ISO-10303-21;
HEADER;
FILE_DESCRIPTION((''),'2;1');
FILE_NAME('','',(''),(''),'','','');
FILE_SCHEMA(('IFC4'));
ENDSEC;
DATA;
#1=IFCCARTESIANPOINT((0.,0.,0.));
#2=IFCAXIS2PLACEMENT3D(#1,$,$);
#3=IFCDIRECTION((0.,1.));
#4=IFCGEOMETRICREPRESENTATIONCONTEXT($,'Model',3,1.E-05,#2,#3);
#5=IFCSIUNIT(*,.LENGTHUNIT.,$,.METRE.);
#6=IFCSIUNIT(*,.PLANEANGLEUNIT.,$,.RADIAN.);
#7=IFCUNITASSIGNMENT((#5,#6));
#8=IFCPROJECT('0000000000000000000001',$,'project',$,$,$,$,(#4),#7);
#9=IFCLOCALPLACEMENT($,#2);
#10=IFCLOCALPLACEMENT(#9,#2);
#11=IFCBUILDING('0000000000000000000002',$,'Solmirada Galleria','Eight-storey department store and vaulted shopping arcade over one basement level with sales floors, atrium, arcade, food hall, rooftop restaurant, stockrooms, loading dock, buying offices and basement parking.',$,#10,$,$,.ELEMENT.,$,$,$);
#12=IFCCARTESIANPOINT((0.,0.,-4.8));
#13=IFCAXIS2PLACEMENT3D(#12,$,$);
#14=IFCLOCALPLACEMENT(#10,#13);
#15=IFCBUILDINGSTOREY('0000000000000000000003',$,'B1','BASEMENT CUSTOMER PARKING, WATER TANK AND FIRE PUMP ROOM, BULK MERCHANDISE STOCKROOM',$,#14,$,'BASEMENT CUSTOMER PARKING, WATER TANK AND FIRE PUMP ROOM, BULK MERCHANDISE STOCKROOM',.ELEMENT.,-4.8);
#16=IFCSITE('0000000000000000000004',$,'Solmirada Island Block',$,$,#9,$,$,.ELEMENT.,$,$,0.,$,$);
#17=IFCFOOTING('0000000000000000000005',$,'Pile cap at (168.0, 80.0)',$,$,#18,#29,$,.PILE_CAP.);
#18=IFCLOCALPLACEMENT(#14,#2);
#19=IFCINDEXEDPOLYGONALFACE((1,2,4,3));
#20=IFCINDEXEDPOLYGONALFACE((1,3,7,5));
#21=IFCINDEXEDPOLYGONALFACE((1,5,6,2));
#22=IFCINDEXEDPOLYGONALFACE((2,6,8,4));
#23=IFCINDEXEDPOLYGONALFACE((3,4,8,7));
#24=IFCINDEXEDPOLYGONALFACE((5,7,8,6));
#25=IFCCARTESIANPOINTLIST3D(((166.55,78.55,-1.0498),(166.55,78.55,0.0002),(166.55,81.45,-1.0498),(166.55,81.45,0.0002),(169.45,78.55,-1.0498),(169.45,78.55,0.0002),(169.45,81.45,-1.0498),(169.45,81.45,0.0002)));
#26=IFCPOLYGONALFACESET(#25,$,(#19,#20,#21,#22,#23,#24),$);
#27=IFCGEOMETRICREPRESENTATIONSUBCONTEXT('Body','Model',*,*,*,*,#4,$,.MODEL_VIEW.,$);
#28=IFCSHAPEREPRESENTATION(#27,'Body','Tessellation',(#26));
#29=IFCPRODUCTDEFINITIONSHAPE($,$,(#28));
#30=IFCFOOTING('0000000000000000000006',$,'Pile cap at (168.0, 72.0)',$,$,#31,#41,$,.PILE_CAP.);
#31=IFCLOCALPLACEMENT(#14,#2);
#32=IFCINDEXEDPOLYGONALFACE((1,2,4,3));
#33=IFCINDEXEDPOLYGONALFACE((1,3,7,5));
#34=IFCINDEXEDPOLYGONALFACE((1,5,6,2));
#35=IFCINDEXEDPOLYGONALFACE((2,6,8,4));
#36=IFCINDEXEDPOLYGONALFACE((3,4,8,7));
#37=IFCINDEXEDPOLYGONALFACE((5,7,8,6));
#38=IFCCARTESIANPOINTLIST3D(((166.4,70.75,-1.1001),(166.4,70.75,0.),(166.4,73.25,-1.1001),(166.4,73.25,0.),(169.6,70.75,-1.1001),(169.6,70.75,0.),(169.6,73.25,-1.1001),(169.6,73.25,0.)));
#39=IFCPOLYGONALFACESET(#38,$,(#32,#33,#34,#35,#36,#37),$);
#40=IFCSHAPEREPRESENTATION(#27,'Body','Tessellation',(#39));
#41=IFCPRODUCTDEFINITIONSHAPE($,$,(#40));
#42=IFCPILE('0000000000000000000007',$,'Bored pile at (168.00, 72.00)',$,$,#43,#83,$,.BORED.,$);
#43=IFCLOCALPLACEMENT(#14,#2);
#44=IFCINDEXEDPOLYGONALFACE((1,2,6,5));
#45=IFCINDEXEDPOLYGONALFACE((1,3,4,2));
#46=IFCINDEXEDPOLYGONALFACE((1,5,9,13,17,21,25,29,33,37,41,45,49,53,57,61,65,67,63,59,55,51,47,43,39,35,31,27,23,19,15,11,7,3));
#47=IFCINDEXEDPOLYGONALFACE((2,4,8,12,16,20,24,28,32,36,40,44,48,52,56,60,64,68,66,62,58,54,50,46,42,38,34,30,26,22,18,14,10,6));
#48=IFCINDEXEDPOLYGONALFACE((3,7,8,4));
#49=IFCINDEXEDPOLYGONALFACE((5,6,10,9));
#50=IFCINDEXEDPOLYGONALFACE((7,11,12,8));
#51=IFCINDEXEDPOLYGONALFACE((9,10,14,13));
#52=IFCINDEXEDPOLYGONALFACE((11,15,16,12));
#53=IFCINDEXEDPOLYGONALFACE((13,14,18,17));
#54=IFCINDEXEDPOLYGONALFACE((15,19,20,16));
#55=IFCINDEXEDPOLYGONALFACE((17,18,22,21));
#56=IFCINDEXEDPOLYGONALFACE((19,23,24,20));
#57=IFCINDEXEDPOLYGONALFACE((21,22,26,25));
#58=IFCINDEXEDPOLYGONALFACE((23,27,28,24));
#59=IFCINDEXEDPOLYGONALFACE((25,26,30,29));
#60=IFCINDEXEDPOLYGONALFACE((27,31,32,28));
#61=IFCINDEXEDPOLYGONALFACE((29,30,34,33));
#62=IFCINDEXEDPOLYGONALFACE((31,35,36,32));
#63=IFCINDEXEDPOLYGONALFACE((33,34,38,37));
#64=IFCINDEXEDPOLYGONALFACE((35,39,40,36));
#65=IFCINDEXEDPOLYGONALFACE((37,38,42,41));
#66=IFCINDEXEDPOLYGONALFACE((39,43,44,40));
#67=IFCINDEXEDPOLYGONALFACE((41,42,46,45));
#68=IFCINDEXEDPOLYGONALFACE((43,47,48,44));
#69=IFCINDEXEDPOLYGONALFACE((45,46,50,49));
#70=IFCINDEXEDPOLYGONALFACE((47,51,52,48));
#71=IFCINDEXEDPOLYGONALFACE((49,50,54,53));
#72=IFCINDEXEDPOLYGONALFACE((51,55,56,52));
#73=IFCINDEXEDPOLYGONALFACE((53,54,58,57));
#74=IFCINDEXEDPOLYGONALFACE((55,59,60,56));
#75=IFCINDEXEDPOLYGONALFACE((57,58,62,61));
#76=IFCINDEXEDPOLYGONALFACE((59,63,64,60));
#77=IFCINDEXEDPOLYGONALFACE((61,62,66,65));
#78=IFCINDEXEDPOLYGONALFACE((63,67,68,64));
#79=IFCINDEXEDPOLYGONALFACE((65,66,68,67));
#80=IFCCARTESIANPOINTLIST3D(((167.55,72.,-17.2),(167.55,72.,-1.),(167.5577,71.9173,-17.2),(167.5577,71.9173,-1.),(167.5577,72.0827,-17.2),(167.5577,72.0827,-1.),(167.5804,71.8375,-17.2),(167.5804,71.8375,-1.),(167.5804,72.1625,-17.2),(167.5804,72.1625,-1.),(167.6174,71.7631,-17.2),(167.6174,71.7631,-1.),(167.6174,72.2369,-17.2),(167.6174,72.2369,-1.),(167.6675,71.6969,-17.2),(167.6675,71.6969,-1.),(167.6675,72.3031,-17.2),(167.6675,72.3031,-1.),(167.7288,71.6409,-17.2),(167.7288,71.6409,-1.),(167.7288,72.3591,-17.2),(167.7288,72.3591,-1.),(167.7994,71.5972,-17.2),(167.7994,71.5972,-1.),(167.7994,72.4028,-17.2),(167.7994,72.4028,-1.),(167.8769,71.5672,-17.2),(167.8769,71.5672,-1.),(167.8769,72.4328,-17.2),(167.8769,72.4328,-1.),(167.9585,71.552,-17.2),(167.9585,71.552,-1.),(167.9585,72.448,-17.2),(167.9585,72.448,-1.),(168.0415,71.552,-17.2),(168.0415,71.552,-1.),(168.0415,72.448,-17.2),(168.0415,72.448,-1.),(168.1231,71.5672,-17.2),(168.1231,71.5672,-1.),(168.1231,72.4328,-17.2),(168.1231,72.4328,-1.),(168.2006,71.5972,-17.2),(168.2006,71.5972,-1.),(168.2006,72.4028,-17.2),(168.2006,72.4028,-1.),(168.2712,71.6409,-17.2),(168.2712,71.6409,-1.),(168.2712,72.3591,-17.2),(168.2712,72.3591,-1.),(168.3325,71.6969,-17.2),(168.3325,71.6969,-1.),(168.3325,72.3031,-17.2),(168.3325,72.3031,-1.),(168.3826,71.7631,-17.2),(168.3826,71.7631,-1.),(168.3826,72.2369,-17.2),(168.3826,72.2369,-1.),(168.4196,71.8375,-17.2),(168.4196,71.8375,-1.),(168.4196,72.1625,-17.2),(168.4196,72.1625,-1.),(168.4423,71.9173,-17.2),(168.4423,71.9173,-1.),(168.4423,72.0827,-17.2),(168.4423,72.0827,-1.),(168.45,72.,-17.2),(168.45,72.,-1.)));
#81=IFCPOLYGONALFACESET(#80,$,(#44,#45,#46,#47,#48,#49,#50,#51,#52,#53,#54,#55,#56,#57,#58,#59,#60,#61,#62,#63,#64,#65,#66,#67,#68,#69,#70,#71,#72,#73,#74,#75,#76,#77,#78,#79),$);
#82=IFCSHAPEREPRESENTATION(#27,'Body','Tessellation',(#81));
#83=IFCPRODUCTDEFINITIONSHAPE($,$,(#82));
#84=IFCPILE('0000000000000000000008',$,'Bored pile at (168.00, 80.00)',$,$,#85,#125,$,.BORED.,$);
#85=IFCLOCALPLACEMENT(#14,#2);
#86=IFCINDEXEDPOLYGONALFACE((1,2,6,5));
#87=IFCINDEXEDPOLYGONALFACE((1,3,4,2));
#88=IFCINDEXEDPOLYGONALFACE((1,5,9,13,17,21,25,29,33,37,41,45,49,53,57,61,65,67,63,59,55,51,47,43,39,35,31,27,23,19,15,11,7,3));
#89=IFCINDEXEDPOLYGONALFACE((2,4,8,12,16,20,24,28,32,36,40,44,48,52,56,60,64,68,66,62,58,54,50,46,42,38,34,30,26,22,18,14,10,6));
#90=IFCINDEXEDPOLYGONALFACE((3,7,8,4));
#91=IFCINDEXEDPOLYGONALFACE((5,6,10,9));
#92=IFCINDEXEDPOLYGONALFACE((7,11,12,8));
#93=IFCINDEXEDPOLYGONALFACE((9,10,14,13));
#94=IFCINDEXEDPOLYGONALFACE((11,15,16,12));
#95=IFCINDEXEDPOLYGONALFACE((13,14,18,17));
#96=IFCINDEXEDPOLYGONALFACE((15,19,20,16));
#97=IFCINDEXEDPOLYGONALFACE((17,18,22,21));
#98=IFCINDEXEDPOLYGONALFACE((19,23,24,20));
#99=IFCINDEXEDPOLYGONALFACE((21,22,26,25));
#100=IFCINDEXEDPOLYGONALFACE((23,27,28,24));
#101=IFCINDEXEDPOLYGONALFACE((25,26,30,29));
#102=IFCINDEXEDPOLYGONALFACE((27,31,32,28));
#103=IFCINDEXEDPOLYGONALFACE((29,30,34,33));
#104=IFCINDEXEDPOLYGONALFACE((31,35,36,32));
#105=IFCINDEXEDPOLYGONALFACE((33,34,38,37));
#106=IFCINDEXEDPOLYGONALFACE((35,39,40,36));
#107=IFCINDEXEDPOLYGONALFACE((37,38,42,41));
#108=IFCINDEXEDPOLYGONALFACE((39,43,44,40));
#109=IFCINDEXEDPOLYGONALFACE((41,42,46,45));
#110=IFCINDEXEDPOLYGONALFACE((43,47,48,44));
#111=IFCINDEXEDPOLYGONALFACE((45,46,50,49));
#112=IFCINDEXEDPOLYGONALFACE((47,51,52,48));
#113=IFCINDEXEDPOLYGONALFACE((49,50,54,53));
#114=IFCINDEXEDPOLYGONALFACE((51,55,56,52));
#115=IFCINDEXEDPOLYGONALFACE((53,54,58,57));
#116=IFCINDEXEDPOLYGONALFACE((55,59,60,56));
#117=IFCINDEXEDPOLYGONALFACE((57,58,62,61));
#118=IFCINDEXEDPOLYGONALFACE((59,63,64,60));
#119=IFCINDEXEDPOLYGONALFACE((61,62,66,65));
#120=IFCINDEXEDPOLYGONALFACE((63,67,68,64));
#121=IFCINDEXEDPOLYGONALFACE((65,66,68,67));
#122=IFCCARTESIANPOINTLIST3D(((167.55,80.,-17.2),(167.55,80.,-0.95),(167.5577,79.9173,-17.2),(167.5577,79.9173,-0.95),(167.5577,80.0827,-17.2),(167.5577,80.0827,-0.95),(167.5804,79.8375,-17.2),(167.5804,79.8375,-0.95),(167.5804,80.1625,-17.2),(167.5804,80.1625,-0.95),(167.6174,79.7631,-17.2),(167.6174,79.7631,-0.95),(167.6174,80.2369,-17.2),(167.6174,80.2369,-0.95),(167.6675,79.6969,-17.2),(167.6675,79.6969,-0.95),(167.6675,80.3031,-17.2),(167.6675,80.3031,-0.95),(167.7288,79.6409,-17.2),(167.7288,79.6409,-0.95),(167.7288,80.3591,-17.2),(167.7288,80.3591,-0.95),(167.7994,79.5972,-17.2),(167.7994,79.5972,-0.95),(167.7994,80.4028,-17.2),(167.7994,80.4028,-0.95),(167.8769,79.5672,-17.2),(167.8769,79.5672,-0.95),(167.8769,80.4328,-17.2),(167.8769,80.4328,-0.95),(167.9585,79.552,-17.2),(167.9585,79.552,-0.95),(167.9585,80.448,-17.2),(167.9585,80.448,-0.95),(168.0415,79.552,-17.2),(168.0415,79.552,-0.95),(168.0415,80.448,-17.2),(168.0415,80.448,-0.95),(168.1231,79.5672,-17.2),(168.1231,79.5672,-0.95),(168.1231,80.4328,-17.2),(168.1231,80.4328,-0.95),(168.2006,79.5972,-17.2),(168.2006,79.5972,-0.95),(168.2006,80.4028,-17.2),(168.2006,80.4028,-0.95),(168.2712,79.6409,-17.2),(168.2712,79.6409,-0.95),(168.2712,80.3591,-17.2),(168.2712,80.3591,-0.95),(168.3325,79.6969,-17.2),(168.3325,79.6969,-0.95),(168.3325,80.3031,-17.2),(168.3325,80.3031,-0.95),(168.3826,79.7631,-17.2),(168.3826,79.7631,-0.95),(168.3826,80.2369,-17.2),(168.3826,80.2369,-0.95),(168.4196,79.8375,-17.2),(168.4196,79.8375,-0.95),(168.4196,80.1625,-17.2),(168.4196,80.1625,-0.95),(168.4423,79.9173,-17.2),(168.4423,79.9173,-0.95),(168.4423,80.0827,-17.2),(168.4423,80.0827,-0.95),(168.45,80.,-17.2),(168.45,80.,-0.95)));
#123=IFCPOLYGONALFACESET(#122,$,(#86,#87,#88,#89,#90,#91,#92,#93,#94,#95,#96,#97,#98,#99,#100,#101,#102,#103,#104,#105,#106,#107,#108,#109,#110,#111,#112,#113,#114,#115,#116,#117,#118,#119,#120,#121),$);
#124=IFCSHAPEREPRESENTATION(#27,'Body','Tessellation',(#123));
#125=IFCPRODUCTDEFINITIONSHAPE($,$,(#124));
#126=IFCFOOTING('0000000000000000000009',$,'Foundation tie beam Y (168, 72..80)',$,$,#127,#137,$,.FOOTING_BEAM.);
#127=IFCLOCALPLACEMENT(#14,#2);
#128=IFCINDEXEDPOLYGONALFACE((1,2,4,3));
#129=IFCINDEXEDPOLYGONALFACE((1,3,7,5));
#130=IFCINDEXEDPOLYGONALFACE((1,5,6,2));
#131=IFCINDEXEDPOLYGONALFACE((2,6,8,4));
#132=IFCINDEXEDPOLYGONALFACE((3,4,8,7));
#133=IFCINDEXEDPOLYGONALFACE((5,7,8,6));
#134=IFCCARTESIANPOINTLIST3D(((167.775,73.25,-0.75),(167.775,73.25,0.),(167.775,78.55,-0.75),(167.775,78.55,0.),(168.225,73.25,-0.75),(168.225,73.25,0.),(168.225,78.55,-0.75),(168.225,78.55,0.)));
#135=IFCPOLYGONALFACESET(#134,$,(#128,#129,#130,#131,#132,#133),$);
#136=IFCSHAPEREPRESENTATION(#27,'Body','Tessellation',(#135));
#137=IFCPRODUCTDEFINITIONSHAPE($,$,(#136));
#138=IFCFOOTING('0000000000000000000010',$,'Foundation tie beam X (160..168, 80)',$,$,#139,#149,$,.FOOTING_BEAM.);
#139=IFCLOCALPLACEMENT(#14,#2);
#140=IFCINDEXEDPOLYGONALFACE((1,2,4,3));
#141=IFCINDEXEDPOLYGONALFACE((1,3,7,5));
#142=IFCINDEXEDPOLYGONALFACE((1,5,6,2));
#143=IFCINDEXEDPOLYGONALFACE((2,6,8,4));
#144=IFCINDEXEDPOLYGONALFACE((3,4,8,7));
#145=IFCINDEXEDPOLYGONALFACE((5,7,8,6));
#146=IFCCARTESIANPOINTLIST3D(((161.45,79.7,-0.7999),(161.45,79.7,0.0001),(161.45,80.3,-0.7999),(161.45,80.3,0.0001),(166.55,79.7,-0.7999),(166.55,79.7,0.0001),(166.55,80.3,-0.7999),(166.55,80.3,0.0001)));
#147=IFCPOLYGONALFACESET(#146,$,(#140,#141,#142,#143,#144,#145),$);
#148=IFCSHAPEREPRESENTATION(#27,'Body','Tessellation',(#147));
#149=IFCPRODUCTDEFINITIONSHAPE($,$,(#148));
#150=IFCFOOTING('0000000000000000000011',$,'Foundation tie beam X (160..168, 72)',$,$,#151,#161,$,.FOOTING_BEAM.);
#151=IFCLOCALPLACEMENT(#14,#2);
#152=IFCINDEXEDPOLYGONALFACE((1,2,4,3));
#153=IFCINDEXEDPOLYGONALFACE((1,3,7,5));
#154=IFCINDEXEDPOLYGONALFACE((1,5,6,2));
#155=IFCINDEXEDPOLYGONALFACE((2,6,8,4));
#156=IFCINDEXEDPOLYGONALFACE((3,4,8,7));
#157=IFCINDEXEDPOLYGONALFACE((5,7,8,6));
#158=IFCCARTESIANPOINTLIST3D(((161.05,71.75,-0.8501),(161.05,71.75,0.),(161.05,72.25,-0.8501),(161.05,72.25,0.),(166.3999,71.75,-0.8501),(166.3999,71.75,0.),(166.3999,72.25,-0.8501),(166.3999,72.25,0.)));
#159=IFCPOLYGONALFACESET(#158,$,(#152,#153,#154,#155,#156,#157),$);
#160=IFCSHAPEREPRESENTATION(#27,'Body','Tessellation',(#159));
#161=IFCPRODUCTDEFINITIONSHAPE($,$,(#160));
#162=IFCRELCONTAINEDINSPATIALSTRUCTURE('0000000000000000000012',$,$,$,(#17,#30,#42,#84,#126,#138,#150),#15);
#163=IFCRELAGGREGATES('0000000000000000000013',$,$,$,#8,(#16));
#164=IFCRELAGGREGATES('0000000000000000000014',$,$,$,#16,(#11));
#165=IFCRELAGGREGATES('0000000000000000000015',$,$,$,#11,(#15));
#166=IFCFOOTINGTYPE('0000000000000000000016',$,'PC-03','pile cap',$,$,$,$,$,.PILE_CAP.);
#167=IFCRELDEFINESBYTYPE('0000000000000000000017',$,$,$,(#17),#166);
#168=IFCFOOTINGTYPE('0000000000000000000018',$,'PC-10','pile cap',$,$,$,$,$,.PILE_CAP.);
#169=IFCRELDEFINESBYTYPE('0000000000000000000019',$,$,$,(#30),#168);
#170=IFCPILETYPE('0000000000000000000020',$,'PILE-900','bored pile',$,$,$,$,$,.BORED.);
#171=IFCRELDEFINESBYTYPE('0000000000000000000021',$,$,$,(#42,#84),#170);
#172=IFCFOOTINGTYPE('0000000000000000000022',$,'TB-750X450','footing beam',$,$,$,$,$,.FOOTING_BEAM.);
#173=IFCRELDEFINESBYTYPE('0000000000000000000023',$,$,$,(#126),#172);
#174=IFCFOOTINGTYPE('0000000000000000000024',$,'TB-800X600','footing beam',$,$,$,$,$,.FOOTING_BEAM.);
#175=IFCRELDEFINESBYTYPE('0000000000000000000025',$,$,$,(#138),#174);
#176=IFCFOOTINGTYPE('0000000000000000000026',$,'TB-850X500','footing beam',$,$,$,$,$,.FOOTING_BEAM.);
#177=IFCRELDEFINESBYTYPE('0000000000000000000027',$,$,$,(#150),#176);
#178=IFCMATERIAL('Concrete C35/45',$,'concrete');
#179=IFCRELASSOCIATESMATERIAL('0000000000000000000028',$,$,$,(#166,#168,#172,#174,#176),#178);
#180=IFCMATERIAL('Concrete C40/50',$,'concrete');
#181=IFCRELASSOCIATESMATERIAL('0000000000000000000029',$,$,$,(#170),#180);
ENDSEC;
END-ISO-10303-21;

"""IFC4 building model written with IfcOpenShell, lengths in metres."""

from ifc_helpers import new_model, si_unit, direction, frame, origin, origin_2d, place, context, subcontext, project, spatial, rectangle, circle, extrude, material, material_profile, profile_set, type_object, element, save


model = new_model("IFC4")

# Units and contexts
model_context = context("Model", 3, precision=1e-05, world=origin(), true_north=direction((0.0, 1.0)))
body_context = subcontext(model_context, "Body", "Model", "MODEL_VIEW")
ifc_project = project(units=[si_unit("LENGTHUNIT", "METRE"), si_unit("PLANEANGLEUNIT", "RADIAN")], contexts=[model_context])

# Site, building, storey
site_placement = place(None, origin())
site = spatial("IfcSite", under=ifc_project, at=site_placement, Name="Solmirada Island Block", CompositionType="ELEMENT", RefElevation=0.0)
building_placement = place(site_placement, origin())
building = spatial("IfcBuilding", under=site, at=building_placement, Name="Solmirada Galleria", Description="Eight-storey department store and vaulted shopping arcade over one basement level with sales floors, atrium, arcade, food hall, rooftop restaurant, stockrooms, loading dock, buying offices and basement parking.", CompositionType="ELEMENT")
storey_placement = place(building_placement, frame((0.0, 0.0, -4.8)))
storey = spatial("IfcBuildingStorey", under=building, at=storey_placement, Name="B1", Description="BASEMENT CUSTOMER PARKING, WATER TANK AND FIRE PUMP ROOM, BULK MERCHANDISE STOCKROOM", LongName="BASEMENT CUSTOMER PARKING, WATER TANK AND FIRE PUMP ROOM, BULK MERCHANDISE STOCKROOM", CompositionType="ELEMENT", Elevation=-4.8)

# Footings
ifc_material_1 = material(Name="Concrete C35/45", Category="concrete")
footing_type_1 = type_object("IfcFootingType", Name="PC-03", Description="pile cap", PredefinedType="PILE_CAP", material=ifc_material_1)
footing_1_placement = place(storey_placement, frame((168.0, 80.0, -1.0498), z_axis=(0.0, 0.0, 1.0), x_axis=(1.0, 0.0, 0.0)))
element("IfcFooting", 1, at=footing_1_placement, inside=storey, type_object=footing_type_1, Name="Pile cap at (168.0, 80.0)", PredefinedType="PILE_CAP", context=body_context, shape_type="SweptSolid", body=[
    extrude(rectangle(XDim=2.8999, YDim=2.8999, at=origin_2d()), origin(), (0.0, 0.0, 1.0), 1.05),
])
footing_type_2 = type_object("IfcFootingType", Name="PC-10", Description="pile cap", PredefinedType="PILE_CAP", material=ifc_material_1)
footing_2_placement = place(storey_placement, frame((168.0, 72.0, -1.1001), z_axis=(0.0, 0.0, 1.0), x_axis=(1.0, 0.0, 0.0)))
element("IfcFooting", 2, at=footing_2_placement, inside=storey, type_object=footing_type_2, Name="Pile cap at (168.0, 72.0)", PredefinedType="PILE_CAP", context=body_context, shape_type="SweptSolid", body=[
    extrude(rectangle(XDim=3.2, YDim=2.5, at=origin_2d()), origin(), (0.0, 0.0, 1.0), 1.1001),
])

# Piles
ifc_material_2 = material(Name="Concrete C40/50", Category="concrete")
ifc_material_profile_1 = material_profile(ifc_material_2, circle(Radius=0.45, at=origin_2d()), Name="PILE900")
ifc_profile_set_1 = profile_set([ifc_material_profile_1], Name="Concrete C40/50")
pile_type = type_object("IfcPileType", Name="PILE-900", Description="bored pile", PredefinedType="BORED", material=ifc_profile_set_1)
pile_1_placement = place(storey_placement, frame((168.0, 72.0, -1.0), z_axis=(0.0, 0.0, -1.0), x_axis=(1.0, 0.0, 0.0)))
element("IfcPile", 3, at=pile_1_placement, inside=storey, type_object=pile_type, Name="Bored pile at (168.00, 72.00)", PredefinedType="BORED", context=body_context, shape_type="SweptSolid", body=[
    extrude(circle(Radius=0.45, at=origin_2d()), origin(), (0.0, 0.0, 1.0), 16.2),
])
pile_2_placement = place(storey_placement, frame((168.0, 80.0, -0.95), z_axis=(0.0, 0.0, -1.0), x_axis=(1.0, 0.0, 0.0)))
element("IfcPile", 4, at=pile_2_placement, inside=storey, type_object=pile_type, Name="Bored pile at (168.00, 80.00)", PredefinedType="BORED", context=body_context, shape_type="SweptSolid", body=[
    extrude(circle(Radius=0.45, at=origin_2d()), origin(), (0.0, 0.0, 1.0), 16.25),
])

# Footings
ifc_material_profile_2 = material_profile(ifc_material_1, rectangle(XDim=0.45, YDim=0.75, at=origin_2d()), Name="RC750X450")
ifc_profile_set_2 = profile_set([ifc_material_profile_2], Name="Concrete C35/45")
footing_type_3 = type_object("IfcFootingType", Name="TB-750X450", Description="footing beam", PredefinedType="FOOTING_BEAM", material=ifc_profile_set_2)
footing_3_placement = place(storey_placement, frame((168.0, 73.25, -0.375), z_axis=(0.0, 1.0, 0.0), x_axis=(-1.0, 0.0, 0.0)))
element("IfcFooting", 5, at=footing_3_placement, inside=storey, type_object=footing_type_3, Name="Foundation tie beam Y (168, 72..80)", PredefinedType="FOOTING_BEAM", context=body_context, shape_type="SweptSolid", body=[
    extrude(rectangle(XDim=0.45, YDim=0.75, at=origin_2d()), origin(), (0.0, 0.0, 1.0), 5.3),
])
ifc_material_profile_3 = material_profile(ifc_material_1, rectangle(XDim=0.6001, YDim=0.8, at=origin_2d()), Name="RC800X600")
ifc_profile_set_3 = profile_set([ifc_material_profile_3], Name="Concrete C35/45")
footing_type_4 = type_object("IfcFootingType", Name="TB-800X600", Description="footing beam", PredefinedType="FOOTING_BEAM", material=ifc_profile_set_3)
footing_4_placement = place(storey_placement, frame((161.45, 80.0, -0.3999), z_axis=(1.0, 0.0, 0.0), x_axis=(0.0, 1.0, 0.0)))
element("IfcFooting", 6, at=footing_4_placement, inside=storey, type_object=footing_type_4, Name="Foundation tie beam X (160..168, 80)", PredefinedType="FOOTING_BEAM", context=body_context, shape_type="SweptSolid", body=[
    extrude(rectangle(XDim=0.6001, YDim=0.8, at=origin_2d()), origin(), (0.0, 0.0, 1.0), 5.1001),
])
ifc_material_profile_4 = material_profile(ifc_material_1, rectangle(XDim=0.5, YDim=0.8501, at=origin_2d()), Name="RC850X500")
ifc_profile_set_4 = profile_set([ifc_material_profile_4], Name="Concrete C35/45")
footing_type_5 = type_object("IfcFootingType", Name="TB-850X500", Description="footing beam", PredefinedType="FOOTING_BEAM", material=ifc_profile_set_4)
footing_5_placement = place(storey_placement, frame((161.05, 72.0, -0.425), z_axis=(1.0, 0.0, 0.0), x_axis=(0.0, 1.0, 0.0)))
element("IfcFooting", 7, at=footing_5_placement, inside=storey, type_object=footing_type_5, Name="Foundation tie beam X (160..168, 72)", PredefinedType="FOOTING_BEAM", context=body_context, shape_type="SweptSolid", body=[
    extrude(rectangle(XDim=0.5, YDim=0.8501, at=origin_2d()), origin(), (0.0, 0.0, 1.0), 5.3499),
])

save(model, "model.ifc")
